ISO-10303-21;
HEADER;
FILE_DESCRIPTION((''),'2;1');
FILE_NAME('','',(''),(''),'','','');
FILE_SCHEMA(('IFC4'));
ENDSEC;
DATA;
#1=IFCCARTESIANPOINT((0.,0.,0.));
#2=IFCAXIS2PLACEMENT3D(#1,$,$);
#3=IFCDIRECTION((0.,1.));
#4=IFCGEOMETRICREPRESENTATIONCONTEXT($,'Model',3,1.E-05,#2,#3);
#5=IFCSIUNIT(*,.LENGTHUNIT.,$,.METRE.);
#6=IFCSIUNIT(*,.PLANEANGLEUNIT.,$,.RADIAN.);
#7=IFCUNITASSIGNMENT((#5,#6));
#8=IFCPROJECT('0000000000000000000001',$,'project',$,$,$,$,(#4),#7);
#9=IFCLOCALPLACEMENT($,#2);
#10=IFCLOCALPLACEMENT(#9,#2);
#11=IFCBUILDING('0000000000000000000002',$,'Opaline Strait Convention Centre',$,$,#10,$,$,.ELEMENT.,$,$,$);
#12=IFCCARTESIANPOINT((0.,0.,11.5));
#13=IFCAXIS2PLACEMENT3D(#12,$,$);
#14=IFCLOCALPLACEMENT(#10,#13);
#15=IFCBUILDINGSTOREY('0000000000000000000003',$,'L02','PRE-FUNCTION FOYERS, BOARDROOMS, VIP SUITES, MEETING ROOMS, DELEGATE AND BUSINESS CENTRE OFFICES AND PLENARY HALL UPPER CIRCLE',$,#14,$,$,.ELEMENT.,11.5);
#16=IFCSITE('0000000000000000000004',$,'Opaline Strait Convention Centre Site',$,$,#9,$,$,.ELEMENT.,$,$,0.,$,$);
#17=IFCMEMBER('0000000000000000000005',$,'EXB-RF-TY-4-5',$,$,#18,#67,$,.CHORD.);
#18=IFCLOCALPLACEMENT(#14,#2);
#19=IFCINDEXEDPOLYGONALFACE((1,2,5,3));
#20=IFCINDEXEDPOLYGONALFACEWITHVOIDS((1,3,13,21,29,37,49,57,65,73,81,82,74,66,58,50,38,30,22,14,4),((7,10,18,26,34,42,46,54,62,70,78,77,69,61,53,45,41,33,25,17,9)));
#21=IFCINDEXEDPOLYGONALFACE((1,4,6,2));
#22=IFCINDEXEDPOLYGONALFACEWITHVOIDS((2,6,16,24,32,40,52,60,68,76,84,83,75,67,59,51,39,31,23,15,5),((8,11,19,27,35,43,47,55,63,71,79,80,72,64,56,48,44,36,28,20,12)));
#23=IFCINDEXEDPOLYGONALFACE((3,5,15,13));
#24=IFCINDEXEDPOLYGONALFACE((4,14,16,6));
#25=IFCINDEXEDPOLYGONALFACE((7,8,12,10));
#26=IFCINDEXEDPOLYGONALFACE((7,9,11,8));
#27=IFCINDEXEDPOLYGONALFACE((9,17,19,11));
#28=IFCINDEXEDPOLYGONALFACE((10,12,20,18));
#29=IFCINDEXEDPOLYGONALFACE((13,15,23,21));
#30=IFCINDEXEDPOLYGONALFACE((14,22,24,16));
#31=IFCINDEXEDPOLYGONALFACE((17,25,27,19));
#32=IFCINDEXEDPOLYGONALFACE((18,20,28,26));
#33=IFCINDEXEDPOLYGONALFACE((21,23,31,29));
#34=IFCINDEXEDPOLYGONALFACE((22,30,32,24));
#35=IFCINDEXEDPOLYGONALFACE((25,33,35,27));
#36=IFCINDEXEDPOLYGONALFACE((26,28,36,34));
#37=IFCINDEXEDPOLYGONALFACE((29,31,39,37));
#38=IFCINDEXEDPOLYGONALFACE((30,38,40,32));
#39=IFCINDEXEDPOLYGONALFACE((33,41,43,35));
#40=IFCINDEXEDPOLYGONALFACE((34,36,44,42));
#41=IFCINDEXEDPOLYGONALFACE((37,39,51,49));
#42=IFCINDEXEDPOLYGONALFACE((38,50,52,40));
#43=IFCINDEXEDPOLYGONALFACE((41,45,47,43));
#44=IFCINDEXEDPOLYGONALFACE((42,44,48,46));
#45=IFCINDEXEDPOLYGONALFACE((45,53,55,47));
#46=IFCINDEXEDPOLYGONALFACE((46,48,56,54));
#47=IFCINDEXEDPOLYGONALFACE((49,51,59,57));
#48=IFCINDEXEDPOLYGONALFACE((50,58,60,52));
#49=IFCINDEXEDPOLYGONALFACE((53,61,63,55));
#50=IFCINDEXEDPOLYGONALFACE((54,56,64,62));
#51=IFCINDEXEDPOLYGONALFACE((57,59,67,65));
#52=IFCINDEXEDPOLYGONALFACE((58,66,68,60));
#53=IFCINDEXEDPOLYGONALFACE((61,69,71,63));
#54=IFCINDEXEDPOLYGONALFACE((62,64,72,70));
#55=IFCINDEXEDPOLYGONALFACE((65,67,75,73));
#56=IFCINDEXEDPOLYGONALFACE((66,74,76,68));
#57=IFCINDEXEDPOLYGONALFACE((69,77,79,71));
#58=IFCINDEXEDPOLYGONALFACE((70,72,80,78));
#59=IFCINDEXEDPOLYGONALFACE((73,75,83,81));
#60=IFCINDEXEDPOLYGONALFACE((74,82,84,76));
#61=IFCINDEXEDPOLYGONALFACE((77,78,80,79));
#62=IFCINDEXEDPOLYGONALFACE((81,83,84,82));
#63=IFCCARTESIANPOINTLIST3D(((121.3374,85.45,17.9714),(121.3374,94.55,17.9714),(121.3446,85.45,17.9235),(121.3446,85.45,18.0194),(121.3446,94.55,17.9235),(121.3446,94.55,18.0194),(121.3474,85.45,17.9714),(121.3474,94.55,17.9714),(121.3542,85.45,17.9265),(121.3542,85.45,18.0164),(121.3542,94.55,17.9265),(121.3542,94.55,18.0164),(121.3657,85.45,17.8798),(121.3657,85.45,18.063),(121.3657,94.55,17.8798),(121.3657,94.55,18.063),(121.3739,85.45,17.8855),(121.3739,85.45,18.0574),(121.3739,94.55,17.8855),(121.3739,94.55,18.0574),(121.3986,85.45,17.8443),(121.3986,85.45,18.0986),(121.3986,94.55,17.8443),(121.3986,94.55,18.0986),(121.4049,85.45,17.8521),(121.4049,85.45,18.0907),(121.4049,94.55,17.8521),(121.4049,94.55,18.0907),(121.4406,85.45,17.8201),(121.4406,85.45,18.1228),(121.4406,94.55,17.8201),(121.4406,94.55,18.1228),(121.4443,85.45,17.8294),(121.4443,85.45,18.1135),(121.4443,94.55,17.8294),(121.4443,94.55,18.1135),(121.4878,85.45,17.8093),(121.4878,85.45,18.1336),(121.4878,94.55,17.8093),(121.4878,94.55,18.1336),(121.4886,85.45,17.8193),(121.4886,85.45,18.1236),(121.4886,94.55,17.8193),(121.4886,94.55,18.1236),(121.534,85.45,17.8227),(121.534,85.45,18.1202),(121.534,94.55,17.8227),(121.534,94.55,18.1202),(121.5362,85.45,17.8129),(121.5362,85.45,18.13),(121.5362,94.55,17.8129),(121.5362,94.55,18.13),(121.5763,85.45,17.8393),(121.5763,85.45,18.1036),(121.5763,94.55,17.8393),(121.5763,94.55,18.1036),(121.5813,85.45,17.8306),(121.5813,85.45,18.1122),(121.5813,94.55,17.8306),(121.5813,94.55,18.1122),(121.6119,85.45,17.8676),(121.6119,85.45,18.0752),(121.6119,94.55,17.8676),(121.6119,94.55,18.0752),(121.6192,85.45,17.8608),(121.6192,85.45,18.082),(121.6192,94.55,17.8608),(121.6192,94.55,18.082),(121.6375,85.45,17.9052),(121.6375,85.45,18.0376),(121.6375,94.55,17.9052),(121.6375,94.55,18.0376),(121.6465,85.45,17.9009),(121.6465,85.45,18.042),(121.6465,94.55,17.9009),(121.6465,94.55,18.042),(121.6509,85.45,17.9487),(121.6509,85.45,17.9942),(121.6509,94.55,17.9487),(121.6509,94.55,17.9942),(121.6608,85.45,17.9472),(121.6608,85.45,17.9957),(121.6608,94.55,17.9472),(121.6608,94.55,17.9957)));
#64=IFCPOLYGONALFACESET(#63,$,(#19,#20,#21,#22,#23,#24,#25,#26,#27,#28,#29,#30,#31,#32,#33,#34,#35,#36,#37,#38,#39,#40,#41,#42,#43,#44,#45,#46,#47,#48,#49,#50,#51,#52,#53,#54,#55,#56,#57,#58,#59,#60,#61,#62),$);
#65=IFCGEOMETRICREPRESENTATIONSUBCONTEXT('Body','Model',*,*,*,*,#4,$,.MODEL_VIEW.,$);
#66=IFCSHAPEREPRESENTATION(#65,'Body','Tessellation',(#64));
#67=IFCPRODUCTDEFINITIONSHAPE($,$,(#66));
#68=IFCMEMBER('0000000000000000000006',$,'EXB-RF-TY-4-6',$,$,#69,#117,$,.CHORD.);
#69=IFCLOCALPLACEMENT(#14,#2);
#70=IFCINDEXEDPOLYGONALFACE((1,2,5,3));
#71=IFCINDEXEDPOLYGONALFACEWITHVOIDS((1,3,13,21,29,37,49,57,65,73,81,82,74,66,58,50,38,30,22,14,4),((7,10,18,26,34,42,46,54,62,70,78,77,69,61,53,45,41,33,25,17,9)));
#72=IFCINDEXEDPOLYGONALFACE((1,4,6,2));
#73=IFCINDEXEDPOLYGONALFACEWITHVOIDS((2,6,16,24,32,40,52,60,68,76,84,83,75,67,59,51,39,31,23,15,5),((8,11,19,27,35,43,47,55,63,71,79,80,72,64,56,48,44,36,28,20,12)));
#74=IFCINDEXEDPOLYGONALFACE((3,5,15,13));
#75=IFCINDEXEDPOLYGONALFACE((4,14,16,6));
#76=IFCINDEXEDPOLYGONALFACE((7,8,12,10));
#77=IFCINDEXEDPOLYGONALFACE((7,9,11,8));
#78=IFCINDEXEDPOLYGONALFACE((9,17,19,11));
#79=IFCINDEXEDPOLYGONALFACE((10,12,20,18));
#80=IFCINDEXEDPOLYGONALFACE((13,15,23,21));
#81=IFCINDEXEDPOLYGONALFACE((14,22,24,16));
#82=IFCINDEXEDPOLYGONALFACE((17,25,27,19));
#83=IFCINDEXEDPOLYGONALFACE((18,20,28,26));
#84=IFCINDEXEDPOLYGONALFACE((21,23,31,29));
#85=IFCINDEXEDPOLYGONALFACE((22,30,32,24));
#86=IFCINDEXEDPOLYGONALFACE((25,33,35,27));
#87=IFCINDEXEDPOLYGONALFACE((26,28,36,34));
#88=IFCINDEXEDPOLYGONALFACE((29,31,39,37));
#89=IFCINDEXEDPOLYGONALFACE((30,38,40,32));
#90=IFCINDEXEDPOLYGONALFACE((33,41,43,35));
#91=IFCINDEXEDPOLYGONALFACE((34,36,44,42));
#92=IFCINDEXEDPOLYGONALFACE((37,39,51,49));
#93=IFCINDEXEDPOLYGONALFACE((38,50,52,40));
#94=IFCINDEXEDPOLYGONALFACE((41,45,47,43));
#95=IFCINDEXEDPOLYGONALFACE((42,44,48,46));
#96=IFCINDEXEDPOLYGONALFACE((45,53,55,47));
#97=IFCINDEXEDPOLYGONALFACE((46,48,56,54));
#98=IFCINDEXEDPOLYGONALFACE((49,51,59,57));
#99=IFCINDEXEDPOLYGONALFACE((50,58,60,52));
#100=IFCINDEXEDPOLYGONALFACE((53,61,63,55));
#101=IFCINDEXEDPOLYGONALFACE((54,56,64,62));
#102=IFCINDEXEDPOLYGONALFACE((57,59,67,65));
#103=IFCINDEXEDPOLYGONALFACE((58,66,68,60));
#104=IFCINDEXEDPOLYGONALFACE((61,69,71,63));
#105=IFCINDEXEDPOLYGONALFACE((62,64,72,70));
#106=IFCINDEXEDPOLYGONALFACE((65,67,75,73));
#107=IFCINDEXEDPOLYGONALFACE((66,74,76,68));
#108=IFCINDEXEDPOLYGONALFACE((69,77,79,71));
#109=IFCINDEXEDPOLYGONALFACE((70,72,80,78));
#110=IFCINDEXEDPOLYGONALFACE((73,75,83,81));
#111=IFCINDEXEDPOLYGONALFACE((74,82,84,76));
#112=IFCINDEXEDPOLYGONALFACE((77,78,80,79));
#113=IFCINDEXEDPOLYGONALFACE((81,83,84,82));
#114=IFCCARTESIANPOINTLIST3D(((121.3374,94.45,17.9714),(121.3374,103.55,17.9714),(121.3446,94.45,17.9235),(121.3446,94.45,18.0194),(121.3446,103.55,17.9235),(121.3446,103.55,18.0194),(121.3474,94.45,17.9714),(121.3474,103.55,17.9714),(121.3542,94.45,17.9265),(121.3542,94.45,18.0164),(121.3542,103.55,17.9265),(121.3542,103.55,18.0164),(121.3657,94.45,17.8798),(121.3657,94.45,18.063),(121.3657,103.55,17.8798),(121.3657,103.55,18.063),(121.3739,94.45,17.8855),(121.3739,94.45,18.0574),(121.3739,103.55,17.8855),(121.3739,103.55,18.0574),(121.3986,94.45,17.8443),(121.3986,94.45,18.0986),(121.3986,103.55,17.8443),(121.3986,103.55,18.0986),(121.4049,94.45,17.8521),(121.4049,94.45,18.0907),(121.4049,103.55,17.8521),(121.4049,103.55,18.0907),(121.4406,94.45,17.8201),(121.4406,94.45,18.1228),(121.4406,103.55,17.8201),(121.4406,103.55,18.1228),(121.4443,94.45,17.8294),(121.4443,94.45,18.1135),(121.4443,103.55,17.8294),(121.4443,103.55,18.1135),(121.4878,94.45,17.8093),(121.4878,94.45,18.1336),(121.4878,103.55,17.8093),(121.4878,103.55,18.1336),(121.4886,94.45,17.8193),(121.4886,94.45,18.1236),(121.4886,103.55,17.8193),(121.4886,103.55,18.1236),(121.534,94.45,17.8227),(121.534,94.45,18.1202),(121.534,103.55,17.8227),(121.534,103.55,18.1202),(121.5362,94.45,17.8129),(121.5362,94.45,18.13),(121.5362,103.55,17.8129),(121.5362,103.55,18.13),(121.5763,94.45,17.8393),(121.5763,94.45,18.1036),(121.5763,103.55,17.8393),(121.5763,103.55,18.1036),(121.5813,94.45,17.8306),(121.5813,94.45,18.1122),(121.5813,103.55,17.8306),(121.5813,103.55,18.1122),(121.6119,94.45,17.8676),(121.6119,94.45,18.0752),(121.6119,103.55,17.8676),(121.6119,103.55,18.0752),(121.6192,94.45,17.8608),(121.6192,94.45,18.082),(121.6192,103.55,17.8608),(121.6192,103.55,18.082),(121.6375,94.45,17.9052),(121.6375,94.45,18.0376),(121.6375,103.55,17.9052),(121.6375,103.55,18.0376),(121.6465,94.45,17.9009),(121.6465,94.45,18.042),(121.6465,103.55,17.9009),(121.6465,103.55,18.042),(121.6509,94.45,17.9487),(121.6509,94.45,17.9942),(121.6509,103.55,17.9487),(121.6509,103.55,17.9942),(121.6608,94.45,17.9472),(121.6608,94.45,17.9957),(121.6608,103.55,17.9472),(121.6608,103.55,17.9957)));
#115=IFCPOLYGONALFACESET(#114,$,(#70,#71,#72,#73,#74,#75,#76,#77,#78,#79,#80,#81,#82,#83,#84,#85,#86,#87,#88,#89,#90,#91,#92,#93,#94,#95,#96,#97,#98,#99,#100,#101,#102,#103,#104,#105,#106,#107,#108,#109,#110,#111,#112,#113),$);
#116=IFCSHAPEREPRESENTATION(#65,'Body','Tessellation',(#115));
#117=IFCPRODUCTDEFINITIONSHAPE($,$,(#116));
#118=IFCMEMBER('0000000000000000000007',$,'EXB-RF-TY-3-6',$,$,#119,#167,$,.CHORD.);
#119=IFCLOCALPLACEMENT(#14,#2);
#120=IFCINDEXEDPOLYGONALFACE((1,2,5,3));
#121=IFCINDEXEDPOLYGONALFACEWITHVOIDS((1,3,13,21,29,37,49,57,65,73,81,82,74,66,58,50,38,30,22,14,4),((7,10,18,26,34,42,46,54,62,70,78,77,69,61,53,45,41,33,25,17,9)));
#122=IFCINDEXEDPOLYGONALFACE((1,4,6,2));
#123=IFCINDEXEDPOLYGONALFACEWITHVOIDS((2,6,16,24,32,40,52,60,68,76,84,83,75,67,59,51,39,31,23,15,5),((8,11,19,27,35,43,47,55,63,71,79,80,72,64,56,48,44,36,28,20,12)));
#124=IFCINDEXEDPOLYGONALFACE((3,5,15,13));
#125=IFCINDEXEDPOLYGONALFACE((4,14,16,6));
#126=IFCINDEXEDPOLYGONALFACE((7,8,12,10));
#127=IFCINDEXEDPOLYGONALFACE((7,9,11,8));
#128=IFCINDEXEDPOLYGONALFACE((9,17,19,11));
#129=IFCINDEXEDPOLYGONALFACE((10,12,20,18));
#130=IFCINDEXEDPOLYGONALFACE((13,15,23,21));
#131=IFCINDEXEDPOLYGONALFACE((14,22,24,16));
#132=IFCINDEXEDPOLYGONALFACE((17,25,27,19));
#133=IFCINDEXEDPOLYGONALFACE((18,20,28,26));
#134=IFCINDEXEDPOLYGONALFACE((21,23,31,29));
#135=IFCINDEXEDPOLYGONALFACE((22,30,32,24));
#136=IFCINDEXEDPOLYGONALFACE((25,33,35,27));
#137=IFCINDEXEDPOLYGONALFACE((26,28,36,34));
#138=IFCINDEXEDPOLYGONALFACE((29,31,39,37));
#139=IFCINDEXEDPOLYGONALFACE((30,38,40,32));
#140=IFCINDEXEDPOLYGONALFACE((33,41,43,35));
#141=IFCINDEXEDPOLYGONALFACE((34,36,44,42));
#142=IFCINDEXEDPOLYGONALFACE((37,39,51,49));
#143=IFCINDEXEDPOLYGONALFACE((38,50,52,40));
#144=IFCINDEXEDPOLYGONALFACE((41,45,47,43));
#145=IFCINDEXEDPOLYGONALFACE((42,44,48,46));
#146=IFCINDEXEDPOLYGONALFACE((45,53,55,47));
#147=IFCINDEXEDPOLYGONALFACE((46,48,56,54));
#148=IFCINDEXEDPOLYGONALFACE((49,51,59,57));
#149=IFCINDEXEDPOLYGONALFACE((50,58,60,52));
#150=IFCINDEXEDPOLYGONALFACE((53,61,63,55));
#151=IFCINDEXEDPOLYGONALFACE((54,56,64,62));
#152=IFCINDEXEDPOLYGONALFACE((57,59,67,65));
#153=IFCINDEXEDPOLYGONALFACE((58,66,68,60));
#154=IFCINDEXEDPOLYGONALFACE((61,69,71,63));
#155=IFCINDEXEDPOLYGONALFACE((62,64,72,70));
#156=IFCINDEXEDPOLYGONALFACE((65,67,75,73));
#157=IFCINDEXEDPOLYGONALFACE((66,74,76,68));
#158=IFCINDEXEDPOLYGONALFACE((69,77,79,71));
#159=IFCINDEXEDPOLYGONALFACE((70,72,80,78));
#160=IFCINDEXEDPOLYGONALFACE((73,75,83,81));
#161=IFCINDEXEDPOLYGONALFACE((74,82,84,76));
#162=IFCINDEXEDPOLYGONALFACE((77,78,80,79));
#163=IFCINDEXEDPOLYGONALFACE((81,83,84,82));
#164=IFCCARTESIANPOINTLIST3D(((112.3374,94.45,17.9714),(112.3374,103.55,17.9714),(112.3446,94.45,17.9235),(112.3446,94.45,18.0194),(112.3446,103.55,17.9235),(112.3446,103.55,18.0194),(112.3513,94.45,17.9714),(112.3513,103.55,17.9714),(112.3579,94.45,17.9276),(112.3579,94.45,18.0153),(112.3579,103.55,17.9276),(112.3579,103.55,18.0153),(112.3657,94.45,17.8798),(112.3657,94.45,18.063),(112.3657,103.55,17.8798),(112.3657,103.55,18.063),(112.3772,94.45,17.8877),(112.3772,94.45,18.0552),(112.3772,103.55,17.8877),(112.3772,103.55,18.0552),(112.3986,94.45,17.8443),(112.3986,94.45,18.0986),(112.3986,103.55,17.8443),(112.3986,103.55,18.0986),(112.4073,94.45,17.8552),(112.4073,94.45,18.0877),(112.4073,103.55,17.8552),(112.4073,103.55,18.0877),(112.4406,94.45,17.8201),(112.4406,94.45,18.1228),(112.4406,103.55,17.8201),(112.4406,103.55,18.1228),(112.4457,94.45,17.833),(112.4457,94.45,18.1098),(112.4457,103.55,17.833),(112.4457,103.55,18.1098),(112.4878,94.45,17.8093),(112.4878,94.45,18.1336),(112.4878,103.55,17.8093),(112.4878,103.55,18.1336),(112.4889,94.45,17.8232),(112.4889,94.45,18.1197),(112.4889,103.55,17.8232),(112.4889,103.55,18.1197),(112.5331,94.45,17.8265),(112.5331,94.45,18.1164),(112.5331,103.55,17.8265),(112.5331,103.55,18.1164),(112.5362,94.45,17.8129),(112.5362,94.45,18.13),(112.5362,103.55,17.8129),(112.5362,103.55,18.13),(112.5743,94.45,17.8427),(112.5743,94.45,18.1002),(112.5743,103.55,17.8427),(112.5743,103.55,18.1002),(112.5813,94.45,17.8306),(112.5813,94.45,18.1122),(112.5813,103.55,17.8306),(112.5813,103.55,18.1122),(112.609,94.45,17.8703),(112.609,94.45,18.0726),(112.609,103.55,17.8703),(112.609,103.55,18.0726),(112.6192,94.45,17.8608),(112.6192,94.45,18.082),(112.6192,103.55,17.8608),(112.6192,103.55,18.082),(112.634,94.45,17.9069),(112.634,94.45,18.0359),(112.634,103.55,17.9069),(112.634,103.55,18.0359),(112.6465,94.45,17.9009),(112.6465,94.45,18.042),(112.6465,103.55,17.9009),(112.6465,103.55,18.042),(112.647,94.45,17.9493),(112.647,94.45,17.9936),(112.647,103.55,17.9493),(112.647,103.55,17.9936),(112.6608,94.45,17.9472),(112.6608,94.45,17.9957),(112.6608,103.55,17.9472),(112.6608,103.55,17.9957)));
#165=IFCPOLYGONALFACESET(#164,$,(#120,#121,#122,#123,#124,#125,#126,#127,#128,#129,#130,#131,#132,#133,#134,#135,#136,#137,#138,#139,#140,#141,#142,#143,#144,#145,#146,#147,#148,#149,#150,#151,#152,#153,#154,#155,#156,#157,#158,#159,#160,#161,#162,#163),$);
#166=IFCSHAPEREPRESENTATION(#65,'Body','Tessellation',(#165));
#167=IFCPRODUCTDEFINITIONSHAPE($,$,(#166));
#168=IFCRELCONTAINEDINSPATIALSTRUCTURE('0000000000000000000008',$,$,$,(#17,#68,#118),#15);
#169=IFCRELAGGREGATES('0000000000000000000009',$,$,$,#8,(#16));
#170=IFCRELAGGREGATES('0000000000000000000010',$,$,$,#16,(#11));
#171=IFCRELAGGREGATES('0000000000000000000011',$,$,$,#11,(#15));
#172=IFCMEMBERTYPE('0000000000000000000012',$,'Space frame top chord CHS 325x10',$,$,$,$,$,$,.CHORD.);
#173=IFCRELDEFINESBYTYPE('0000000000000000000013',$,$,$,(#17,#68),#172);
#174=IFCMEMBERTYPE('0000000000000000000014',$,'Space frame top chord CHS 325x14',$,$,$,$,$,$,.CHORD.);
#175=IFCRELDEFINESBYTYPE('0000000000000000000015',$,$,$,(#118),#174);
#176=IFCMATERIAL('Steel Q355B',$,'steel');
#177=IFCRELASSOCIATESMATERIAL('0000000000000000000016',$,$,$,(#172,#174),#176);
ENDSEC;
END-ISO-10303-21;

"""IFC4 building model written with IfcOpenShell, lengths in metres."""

from ifc_helpers import new_model, si_unit, direction, frame, origin, origin_2d, place, context, subcontext, project, spatial, hollow_circle, extrude, material, material_profile, profile_set, type_object, element, save


model = new_model("IFC4")

# Units and contexts
model_context = context("Model", 3, precision=1e-05, world=origin(), true_north=direction((0.0, 1.0)))
body_context = subcontext(model_context, "Body", "Model", "MODEL_VIEW")
ifc_project = project(units=[si_unit("LENGTHUNIT", "METRE"), si_unit("PLANEANGLEUNIT", "RADIAN")], contexts=[model_context])

# Site, building, storey
site_placement = place(None, origin())
site = spatial("IfcSite", under=ifc_project, at=site_placement, Name="Opaline Strait Convention Centre Site", CompositionType="ELEMENT", RefElevation=0.0)
building_placement = place(site_placement, origin())
building = spatial("IfcBuilding", under=site, at=building_placement, Name="Opaline Strait Convention Centre", CompositionType="ELEMENT")
storey_placement = place(building_placement, frame((0.0, 0.0, 11.5)))
storey = spatial("IfcBuildingStorey", under=building, at=storey_placement, Name="L02", Description="PRE-FUNCTION FOYERS, BOARDROOMS, VIP SUITES, MEETING ROOMS, DELEGATE AND BUSINESS CENTRE OFFICES AND PLENARY HALL UPPER CIRCLE", CompositionType="ELEMENT", Elevation=11.5)

# Members
ifc_material = material(Name="Steel Q355B", Category="steel")
ifc_material_profile_1 = material_profile(ifc_material, hollow_circle(Radius=0.1626, WallThickness=0.01, at=origin_2d()), Name="CHS 325x10")
ifc_profile_set_1 = profile_set([ifc_material_profile_1], Name="Steel Q355B")
member_type_1 = type_object("IfcMemberType", Name="Space frame top chord CHS 325x10", PredefinedType="CHORD", material=ifc_profile_set_1)
for number, where, z_axis, x_axis, name in (
    (1, (121.5, 85.45, 17.9714), (0.0, 1.0, 0.0), (-1.0, 0.0, 0.0), "EXB-RF-TY-4-5"),
    (2, (121.5, 94.45, 17.9714), (0.0, 1.0, 0.0), (-1.0, 0.0, 0.0), "EXB-RF-TY-4-6"),
):
    element("IfcMember", number, at=place(storey_placement, frame(where, z_axis=z_axis, x_axis=x_axis)), inside=storey, type_object=member_type_1, Name=name, PredefinedType="CHORD", context=body_context, shape_type="SweptSolid", body=[
        extrude(hollow_circle(Radius=0.1626, WallThickness=0.01, at=origin_2d()), origin(), (0.0, 0.0, 1.0), 9.1001),
    ])
ifc_material_profile_2 = material_profile(ifc_material, hollow_circle(Radius=0.1626, WallThickness=0.0139, at=origin_2d()), Name="CHS 325x14")
ifc_profile_set_2 = profile_set([ifc_material_profile_2], Name="Steel Q355B")
member_type_2 = type_object("IfcMemberType", Name="Space frame top chord CHS 325x14", PredefinedType="CHORD", material=ifc_profile_set_2)
member_1_placement = place(storey_placement, frame((112.5, 94.45, 17.9714), z_axis=(0.0, 1.0, 0.0), x_axis=(-1.0, 0.0, 0.0)))
element("IfcMember", 3, at=member_1_placement, inside=storey, type_object=member_type_2, Name="EXB-RF-TY-3-6", PredefinedType="CHORD", context=body_context, shape_type="SweptSolid", body=[
    extrude(hollow_circle(Radius=0.1626, WallThickness=0.0139, at=origin_2d()), origin(), (0.0, 0.0, 1.0), 9.1001),
])

save(model, "model.ifc")
